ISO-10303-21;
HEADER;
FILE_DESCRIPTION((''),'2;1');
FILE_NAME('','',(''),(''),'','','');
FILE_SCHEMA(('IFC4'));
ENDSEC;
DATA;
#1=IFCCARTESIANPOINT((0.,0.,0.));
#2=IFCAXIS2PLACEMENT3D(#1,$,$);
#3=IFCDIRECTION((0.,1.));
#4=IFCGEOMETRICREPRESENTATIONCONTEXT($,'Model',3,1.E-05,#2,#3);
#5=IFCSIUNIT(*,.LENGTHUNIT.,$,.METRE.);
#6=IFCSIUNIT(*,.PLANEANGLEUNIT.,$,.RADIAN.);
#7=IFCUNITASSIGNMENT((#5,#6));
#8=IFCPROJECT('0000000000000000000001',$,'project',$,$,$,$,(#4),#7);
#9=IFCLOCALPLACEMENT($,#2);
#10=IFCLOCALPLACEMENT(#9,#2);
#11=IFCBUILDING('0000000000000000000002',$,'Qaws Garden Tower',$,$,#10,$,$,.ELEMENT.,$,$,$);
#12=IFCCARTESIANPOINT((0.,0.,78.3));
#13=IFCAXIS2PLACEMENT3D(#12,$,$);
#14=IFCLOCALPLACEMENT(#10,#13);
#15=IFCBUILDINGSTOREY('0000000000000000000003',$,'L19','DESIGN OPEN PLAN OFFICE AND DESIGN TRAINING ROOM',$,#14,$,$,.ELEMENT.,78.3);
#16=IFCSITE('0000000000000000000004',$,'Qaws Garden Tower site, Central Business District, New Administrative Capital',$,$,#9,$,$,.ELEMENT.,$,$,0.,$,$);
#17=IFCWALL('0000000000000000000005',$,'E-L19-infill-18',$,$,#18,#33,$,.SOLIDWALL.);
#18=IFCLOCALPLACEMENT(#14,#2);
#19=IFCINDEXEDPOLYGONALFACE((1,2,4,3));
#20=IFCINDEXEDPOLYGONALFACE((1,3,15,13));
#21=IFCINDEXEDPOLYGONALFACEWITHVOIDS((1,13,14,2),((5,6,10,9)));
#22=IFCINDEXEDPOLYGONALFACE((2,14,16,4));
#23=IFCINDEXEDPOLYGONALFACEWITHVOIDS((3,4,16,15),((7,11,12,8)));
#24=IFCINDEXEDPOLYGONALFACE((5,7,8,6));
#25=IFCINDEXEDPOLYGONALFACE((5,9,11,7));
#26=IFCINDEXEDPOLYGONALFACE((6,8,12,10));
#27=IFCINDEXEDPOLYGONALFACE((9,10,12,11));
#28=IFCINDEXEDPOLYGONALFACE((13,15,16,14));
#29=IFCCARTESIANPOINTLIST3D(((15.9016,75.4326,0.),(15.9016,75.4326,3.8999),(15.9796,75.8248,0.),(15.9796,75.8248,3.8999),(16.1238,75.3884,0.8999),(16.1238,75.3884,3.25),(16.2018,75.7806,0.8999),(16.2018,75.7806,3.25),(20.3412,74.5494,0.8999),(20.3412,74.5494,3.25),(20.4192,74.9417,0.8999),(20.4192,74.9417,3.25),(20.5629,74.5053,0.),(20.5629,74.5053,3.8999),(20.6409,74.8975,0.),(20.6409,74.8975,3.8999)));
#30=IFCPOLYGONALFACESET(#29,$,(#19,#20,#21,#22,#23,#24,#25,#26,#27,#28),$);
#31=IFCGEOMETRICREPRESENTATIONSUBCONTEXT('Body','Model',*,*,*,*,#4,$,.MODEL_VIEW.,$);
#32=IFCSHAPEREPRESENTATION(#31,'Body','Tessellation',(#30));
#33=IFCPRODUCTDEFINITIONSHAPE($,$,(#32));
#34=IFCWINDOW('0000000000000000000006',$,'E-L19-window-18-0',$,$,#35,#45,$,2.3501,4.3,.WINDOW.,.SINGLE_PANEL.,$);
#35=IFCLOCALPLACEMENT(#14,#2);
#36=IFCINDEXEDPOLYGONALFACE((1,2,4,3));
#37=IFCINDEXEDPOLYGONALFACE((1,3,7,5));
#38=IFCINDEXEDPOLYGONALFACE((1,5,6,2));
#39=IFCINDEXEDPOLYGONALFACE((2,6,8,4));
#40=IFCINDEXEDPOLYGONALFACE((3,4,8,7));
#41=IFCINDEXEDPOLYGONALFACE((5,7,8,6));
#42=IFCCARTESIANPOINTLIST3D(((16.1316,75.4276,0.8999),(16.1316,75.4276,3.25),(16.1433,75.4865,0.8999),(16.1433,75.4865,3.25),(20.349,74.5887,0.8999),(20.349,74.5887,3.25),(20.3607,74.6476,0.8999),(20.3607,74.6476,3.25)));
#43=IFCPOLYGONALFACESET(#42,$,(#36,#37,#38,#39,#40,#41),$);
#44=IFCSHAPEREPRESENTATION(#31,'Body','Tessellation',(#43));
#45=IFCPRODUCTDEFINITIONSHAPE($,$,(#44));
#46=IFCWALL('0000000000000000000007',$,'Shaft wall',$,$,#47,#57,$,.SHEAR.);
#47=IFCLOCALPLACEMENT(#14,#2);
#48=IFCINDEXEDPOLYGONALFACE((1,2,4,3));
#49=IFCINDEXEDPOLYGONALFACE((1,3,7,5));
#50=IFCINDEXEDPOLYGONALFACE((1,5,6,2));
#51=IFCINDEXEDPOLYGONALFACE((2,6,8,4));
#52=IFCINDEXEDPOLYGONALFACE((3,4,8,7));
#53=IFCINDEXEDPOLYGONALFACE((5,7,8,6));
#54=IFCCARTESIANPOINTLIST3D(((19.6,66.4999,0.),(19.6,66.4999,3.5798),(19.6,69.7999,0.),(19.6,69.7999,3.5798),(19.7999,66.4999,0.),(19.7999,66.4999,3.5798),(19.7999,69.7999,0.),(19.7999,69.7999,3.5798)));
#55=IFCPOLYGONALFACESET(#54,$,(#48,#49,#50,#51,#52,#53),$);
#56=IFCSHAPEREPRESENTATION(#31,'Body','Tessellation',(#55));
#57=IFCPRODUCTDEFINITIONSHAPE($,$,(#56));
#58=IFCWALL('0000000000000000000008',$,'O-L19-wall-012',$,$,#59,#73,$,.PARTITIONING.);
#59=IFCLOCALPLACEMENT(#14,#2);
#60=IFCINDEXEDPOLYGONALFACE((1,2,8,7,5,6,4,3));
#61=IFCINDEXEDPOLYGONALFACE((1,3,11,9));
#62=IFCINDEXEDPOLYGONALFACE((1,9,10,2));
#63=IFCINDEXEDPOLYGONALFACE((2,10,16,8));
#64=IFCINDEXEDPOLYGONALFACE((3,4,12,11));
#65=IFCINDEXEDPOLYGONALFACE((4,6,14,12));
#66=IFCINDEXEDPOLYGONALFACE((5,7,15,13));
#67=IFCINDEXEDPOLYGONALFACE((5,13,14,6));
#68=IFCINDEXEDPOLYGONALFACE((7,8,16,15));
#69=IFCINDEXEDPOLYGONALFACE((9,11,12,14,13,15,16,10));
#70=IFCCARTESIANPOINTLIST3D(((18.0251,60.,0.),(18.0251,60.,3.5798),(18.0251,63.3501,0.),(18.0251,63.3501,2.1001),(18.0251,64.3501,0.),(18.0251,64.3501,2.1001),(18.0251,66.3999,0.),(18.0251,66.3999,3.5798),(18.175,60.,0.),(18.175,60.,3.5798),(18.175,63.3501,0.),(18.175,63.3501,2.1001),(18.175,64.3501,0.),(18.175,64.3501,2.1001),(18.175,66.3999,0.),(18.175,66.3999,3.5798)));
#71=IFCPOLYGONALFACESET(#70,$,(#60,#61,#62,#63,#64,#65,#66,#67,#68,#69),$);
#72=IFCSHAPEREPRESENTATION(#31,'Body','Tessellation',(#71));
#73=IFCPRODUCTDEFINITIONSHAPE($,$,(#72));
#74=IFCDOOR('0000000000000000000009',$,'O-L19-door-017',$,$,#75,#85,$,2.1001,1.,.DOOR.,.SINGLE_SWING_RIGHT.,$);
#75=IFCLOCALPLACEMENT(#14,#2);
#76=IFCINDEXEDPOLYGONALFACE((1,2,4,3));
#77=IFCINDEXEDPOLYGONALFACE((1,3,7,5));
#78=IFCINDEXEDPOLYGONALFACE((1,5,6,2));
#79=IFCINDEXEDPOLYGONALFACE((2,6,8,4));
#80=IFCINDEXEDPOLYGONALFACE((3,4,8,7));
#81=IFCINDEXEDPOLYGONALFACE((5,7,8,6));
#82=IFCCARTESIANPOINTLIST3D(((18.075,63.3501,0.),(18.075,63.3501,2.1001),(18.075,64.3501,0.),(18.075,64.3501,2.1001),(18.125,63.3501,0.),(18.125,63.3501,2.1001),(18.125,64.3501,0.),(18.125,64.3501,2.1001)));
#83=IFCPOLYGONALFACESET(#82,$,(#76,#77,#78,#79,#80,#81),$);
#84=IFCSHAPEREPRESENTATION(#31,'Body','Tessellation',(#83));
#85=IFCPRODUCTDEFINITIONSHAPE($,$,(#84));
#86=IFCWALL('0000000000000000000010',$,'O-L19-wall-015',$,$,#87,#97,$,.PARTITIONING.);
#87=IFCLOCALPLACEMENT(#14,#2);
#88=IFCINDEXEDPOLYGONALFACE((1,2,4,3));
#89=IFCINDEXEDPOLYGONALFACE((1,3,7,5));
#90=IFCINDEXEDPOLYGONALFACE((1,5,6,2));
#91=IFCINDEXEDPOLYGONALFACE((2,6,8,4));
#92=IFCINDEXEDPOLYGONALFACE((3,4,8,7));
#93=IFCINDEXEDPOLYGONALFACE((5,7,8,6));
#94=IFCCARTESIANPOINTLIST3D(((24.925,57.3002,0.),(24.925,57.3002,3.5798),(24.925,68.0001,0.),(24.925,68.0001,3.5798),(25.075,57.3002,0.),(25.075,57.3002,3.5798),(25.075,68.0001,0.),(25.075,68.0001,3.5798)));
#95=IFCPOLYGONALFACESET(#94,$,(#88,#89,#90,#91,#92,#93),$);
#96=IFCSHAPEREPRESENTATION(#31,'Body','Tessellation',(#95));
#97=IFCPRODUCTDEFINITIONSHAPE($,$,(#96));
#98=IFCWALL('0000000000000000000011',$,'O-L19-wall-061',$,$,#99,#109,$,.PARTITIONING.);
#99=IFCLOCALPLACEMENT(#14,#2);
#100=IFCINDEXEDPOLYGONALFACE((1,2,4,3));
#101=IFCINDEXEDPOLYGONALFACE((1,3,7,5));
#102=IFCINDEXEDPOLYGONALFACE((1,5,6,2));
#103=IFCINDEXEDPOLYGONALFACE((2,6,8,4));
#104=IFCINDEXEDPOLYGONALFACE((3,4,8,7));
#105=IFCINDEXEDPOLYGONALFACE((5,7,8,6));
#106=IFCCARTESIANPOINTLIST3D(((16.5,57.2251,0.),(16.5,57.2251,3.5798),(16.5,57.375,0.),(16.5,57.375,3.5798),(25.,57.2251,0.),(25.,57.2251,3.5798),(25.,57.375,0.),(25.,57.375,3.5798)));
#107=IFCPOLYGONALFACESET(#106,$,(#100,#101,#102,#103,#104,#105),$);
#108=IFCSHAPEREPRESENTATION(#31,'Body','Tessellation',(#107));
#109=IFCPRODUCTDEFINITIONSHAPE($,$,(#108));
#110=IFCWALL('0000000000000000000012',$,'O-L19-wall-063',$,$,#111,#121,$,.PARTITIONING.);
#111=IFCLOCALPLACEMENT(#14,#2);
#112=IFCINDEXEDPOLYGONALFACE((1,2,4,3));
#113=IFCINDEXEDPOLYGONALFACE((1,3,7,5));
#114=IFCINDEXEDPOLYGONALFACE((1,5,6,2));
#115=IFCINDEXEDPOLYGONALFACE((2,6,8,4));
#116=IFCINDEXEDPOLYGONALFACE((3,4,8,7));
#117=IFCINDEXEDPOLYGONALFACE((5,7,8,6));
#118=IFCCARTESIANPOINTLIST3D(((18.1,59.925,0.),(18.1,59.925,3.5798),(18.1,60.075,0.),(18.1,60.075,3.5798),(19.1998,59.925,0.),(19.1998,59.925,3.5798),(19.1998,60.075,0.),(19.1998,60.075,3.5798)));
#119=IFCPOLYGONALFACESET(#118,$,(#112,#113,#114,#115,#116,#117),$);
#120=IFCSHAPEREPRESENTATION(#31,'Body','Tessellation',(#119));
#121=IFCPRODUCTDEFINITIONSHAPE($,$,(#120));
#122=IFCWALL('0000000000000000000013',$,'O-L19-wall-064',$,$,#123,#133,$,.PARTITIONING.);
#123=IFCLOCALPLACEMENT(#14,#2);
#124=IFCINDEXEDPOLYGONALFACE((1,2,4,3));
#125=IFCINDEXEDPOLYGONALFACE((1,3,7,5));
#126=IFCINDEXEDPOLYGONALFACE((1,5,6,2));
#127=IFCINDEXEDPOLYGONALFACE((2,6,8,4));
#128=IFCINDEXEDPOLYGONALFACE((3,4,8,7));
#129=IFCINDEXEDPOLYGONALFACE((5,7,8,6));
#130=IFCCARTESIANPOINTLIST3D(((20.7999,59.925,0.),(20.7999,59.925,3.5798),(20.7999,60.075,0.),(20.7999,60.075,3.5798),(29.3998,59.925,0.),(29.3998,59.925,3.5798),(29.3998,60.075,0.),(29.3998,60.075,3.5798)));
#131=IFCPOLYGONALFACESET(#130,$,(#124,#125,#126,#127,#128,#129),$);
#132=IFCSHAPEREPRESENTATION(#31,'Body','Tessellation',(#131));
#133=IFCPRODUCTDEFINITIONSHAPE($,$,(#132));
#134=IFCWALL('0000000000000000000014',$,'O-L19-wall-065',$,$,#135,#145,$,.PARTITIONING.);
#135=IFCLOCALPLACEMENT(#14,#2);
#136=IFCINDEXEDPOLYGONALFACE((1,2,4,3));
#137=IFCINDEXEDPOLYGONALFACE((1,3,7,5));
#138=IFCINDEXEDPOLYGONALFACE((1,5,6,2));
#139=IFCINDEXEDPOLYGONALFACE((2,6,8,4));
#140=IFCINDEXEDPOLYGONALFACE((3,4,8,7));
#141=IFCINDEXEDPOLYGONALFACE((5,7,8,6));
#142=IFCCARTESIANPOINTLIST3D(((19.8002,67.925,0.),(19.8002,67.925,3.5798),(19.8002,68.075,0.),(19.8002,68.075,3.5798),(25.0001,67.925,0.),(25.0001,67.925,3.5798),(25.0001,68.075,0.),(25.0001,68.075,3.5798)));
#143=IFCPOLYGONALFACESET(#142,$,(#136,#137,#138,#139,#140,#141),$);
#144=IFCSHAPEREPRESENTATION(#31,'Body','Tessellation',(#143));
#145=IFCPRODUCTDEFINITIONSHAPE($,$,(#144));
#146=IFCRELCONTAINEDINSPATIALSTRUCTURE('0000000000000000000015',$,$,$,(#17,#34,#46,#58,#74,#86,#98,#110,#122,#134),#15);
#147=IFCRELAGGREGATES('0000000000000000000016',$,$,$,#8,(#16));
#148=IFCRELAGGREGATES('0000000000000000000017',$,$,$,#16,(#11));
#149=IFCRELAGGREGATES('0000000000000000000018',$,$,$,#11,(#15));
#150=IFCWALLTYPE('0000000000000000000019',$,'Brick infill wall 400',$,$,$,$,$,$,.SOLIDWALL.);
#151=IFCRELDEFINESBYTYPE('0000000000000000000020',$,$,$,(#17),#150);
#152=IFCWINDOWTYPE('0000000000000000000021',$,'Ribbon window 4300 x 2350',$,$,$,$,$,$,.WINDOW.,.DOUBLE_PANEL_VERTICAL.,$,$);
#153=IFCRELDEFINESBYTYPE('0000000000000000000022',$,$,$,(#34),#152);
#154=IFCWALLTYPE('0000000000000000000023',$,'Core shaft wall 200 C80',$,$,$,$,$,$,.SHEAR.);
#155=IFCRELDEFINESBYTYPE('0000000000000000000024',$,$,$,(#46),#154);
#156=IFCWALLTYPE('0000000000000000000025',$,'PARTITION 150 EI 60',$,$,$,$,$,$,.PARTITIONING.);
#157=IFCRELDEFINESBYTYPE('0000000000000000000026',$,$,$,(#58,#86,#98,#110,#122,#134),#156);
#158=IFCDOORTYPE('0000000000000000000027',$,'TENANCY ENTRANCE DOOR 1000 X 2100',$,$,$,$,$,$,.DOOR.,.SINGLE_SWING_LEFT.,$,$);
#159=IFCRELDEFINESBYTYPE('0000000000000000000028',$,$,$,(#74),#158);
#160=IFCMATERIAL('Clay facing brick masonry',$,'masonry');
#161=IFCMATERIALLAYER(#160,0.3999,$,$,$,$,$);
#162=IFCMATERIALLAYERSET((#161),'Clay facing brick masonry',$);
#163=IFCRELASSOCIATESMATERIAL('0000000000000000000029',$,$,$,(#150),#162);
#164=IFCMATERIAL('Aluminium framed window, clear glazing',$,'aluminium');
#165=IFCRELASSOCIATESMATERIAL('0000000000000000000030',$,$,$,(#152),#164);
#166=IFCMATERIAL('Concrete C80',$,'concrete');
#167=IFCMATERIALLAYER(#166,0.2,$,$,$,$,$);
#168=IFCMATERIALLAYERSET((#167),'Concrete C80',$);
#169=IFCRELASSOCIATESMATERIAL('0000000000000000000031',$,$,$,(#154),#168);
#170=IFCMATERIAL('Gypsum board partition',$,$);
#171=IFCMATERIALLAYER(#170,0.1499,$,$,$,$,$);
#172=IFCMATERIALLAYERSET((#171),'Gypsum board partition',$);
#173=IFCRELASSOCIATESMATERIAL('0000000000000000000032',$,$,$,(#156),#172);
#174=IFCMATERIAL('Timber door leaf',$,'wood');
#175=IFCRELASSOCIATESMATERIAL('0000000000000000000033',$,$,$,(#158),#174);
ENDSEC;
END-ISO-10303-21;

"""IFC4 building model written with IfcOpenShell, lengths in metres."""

from ifc_helpers import new_model, si_unit, direction, frame, frame_2d, origin, place, context, subcontext, project, spatial, rectangle, extrude, material, layer, layer_set, type_object, element, fill, save


model = new_model("IFC4")

# Units and contexts
model_context = context("Model", 3, precision=1e-05, world=origin(), true_north=direction((0.0, 1.0)))
body_context = subcontext(model_context, "Body", "Model", "MODEL_VIEW")
ifc_project = project(units=[si_unit("LENGTHUNIT", "METRE"), si_unit("PLANEANGLEUNIT", "RADIAN")], contexts=[model_context])

# Site, building, storey
site_placement = place(None, origin())
site = spatial("IfcSite", under=ifc_project, at=site_placement, Name="Qaws Garden Tower site, Central Business District, New Administrative Capital", CompositionType="ELEMENT", RefElevation=0.0)
building_placement = place(site_placement, origin())
building = spatial("IfcBuilding", under=site, at=building_placement, Name="Qaws Garden Tower", CompositionType="ELEMENT")
storey_placement = place(building_placement, frame((0.0, 0.0, 78.3)))
storey = spatial("IfcBuildingStorey", under=building, at=storey_placement, Name="L19", Description="DESIGN OPEN PLAN OFFICE AND DESIGN TRAINING ROOM", CompositionType="ELEMENT", Elevation=78.3)

# Wall, opening, window
ifc_material_1 = material(Name="Clay facing brick masonry", Category="masonry")
ifc_layer_1 = layer(ifc_material_1, 0.3999)
ifc_layer_set_1 = layer_set([ifc_layer_1], Name="Clay facing brick masonry")
wall_type_1 = type_object("IfcWallType", Name="Brick infill wall 400", PredefinedType="SOLIDWALL", material=ifc_layer_set_1)
ifc_material_2 = material(Name="Aluminium framed window, clear glazing", Category="aluminium")
window_type = type_object("IfcWindowType", Name="Ribbon window 4300 x 2350", PartitioningType="DOUBLE_PANEL_VERTICAL", PredefinedType="WINDOW", material=ifc_material_2)
wall_1_placement = place(storey_placement, frame((20.6021, 74.7014, 0.0), z_axis=(0.0, 0.0, 1.0), x_axis=(-0.980784, 0.195099, 0.0)))
wall_1 = element("IfcWall", 1, at=wall_1_placement, inside=storey, type_object=wall_type_1, Name="E-L19-infill-18", PredefinedType="SOLIDWALL", context=body_context, shape_type="SweptSolid", body=[
    extrude(rectangle(XDim=4.7527, YDim=0.3999, at=frame_2d((2.3765, 0.0))), origin(), (0.0, 0.0, 1.0), 3.8999),
])
opening_1_placement = place(wall_1_placement, frame((0.2263, 0.0, 0.8999)))
opening_1 = element("IfcOpeningElement", 2, at=opening_1_placement, cuts=wall_1, PredefinedType="OPENING", context=body_context, shape_type="SweptSolid", body=[
    extrude(rectangle(XDim=4.3, YDim=2.3501, at=frame_2d((2.1499, 1.175))), frame((0.0, 0.21, 0.0), z_axis=(0.0, -1.0, 0.0), x_axis=(1.0, 0.0, 0.0)), (0.0, 0.0, 1.0), 0.4199),
])
window_1_placement = place(opening_1_placement, origin())
window_1 = element("IfcWindow", 3, at=window_1_placement, inside=storey, type_object=window_type, Name="E-L19-window-18-0", OverallHeight=2.3501, OverallWidth=4.3, PartitioningType="SINGLE_PANEL", PredefinedType="WINDOW", context=body_context, shape_type="SweptSolid", body=[
    extrude(rectangle(XDim=4.3, YDim=2.3501, at=frame_2d((2.1499, 1.175))), frame((0.0, 0.1599, 0.0), z_axis=(0.0, -1.0, 0.0), x_axis=(1.0, 0.0, 0.0)), (0.0, 0.0, 1.0), 0.0601),
])
fill(opening_1, window_1)

# Wall
ifc_material_3 = material(Name="Concrete C80", Category="concrete")
ifc_layer_2 = layer(ifc_material_3, 0.2)
ifc_layer_set_2 = layer_set([ifc_layer_2], Name="Concrete C80")
wall_type_2 = type_object("IfcWallType", Name="Core shaft wall 200 C80", PredefinedType="SHEAR", material=ifc_layer_set_2)
wall_2_placement = place(storey_placement, frame((19.7, 66.5, 0.0), z_axis=(0.0, 0.0, 1.0), x_axis=(0.0, 1.0, 0.0)))
element("IfcWall", 4, at=wall_2_placement, inside=storey, type_object=wall_type_2, Name="Shaft wall", PredefinedType="SHEAR", context=body_context, shape_type="SweptSolid", body=[
    extrude(rectangle(XDim=3.3, YDim=0.2, at=frame_2d((1.6499, 0.0))), origin(), (0.0, 0.0, 1.0), 3.5798),
])

# Wall, opening, door
ifc_material_4 = material(Name="Gypsum board partition")
ifc_layer_3 = layer(ifc_material_4, 0.1499)
ifc_layer_set_3 = layer_set([ifc_layer_3], Name="Gypsum board partition")
wall_type_3 = type_object("IfcWallType", Name="PARTITION 150 EI 60", PredefinedType="PARTITIONING", material=ifc_layer_set_3)
wall_3_placement = place(storey_placement, frame((18.1001, 60.0, 0.0), z_axis=(0.0, 0.0, 1.0), x_axis=(0.0, 1.0, 0.0)))
wall_3 = element("IfcWall", 5, at=wall_3_placement, inside=storey, type_object=wall_type_3, Name="O-L19-wall-012", PredefinedType="PARTITIONING", context=body_context, shape_type="SweptSolid", body=[
    extrude(rectangle(XDim=6.3999, YDim=0.1499, at=frame_2d((3.2, 0.0))), origin(), (0.0, 0.0, 1.0), 3.5798),
])
opening_2_placement = place(wall_3_placement, frame((3.3501, 0.0, 0.0)))
opening_2 = element("IfcOpeningElement", 6, at=opening_2_placement, cuts=wall_3, PredefinedType="OPENING", context=body_context, shape_type="SweptSolid", body=[
    extrude(rectangle(XDim=1.0, YDim=2.1001, at=frame_2d((0.5, 1.05))), frame((0.0, 0.085, 0.0), z_axis=(0.0, -1.0, 0.0), x_axis=(1.0, 0.0, 0.0)), (0.0, 0.0, 1.0), 0.1699),
])
ifc_material_5 = material(Name="Timber door leaf", Category="wood")
door_type = type_object("IfcDoorType", Name="TENANCY ENTRANCE DOOR 1000 X 2100", OperationType="SINGLE_SWING_LEFT", PredefinedType="DOOR", material=ifc_material_5)
door_placement = place(opening_2_placement, frame((1.0, 0.0, 0.0), z_axis=(0.0, 0.0, 1.0), x_axis=(-1.0, 0.0, 0.0)))
door = element("IfcDoor", 7, at=door_placement, inside=storey, type_object=door_type, Name="O-L19-door-017", OperationType="SINGLE_SWING_RIGHT", OverallHeight=2.1001, OverallWidth=1.0, PredefinedType="DOOR", context=body_context, shape_type="SweptSolid", body=[
    extrude(rectangle(XDim=1.0, YDim=2.1001, at=frame_2d((0.5, 1.05))), frame((0.0, 0.0249, 0.0), z_axis=(0.0, -1.0, 0.0), x_axis=(1.0, 0.0, 0.0)), (0.0, 0.0, 1.0), 0.05),
])
fill(opening_2, door)

# Walls
wall_4_placement = place(storey_placement, frame((25.0, 57.3, 0.0), z_axis=(0.0, 0.0, 1.0), x_axis=(0.0, 1.0, 0.0)))
element("IfcWall", 8, at=wall_4_placement, inside=storey, type_object=wall_type_3, Name="O-L19-wall-015", PredefinedType="PARTITIONING", context=body_context, shape_type="SweptSolid", body=[
    extrude(rectangle(XDim=10.7, YDim=0.1499, at=frame_2d((5.3501, 0.0))), origin(), (0.0, 0.0, 1.0), 3.5798),
])
wall_5_placement = place(storey_placement, frame((16.5, 57.3, 0.0), z_axis=(0.0, 0.0, 1.0), x_axis=(1.0, 0.0, 0.0)))
element("IfcWall", 9, at=wall_5_placement, inside=storey, type_object=wall_type_3, Name="O-L19-wall-061", PredefinedType="PARTITIONING", context=body_context, shape_type="SweptSolid", body=[
    extrude(rectangle(XDim=8.5, YDim=0.1499, at=frame_2d((4.25, 0.0))), origin(), (0.0, 0.0, 1.0), 3.5798),
])
wall_6_placement = place(storey_placement, frame((18.1001, 60.0, 0.0), z_axis=(0.0, 0.0, 1.0), x_axis=(1.0, 0.0, 0.0)))
element("IfcWall", 10, at=wall_6_placement, inside=storey, type_object=wall_type_3, Name="O-L19-wall-063", PredefinedType="PARTITIONING", context=body_context, shape_type="SweptSolid", body=[
    extrude(rectangle(XDim=1.0999, YDim=0.1499, at=frame_2d((0.5498, 0.0))), origin(), (0.0, 0.0, 1.0), 3.5798),
])
wall_7_placement = place(storey_placement, frame((20.8, 60.0, 0.0), z_axis=(0.0, 0.0, 1.0), x_axis=(1.0, 0.0, 0.0)))
element("IfcWall", 11, at=wall_7_placement, inside=storey, type_object=wall_type_3, Name="O-L19-wall-064", PredefinedType="PARTITIONING", context=body_context, shape_type="SweptSolid", body=[
    extrude(rectangle(XDim=8.5999, YDim=0.1499, at=frame_2d((4.2998, 0.0))), origin(), (0.0, 0.0, 1.0), 3.5798),
])
wall_8_placement = place(storey_placement, frame((19.8, 68.0, 0.0), z_axis=(0.0, 0.0, 1.0), x_axis=(1.0, 0.0, 0.0)))
element("IfcWall", 12, at=wall_8_placement, inside=storey, type_object=wall_type_3, Name="O-L19-wall-065", PredefinedType="PARTITIONING", context=body_context, shape_type="SweptSolid", body=[
    extrude(rectangle(XDim=5.2, YDim=0.1499, at=frame_2d((2.6001, 0.0))), origin(), (0.0, 0.0, 1.0), 3.5798),
])

save(model, "model.ifc")
